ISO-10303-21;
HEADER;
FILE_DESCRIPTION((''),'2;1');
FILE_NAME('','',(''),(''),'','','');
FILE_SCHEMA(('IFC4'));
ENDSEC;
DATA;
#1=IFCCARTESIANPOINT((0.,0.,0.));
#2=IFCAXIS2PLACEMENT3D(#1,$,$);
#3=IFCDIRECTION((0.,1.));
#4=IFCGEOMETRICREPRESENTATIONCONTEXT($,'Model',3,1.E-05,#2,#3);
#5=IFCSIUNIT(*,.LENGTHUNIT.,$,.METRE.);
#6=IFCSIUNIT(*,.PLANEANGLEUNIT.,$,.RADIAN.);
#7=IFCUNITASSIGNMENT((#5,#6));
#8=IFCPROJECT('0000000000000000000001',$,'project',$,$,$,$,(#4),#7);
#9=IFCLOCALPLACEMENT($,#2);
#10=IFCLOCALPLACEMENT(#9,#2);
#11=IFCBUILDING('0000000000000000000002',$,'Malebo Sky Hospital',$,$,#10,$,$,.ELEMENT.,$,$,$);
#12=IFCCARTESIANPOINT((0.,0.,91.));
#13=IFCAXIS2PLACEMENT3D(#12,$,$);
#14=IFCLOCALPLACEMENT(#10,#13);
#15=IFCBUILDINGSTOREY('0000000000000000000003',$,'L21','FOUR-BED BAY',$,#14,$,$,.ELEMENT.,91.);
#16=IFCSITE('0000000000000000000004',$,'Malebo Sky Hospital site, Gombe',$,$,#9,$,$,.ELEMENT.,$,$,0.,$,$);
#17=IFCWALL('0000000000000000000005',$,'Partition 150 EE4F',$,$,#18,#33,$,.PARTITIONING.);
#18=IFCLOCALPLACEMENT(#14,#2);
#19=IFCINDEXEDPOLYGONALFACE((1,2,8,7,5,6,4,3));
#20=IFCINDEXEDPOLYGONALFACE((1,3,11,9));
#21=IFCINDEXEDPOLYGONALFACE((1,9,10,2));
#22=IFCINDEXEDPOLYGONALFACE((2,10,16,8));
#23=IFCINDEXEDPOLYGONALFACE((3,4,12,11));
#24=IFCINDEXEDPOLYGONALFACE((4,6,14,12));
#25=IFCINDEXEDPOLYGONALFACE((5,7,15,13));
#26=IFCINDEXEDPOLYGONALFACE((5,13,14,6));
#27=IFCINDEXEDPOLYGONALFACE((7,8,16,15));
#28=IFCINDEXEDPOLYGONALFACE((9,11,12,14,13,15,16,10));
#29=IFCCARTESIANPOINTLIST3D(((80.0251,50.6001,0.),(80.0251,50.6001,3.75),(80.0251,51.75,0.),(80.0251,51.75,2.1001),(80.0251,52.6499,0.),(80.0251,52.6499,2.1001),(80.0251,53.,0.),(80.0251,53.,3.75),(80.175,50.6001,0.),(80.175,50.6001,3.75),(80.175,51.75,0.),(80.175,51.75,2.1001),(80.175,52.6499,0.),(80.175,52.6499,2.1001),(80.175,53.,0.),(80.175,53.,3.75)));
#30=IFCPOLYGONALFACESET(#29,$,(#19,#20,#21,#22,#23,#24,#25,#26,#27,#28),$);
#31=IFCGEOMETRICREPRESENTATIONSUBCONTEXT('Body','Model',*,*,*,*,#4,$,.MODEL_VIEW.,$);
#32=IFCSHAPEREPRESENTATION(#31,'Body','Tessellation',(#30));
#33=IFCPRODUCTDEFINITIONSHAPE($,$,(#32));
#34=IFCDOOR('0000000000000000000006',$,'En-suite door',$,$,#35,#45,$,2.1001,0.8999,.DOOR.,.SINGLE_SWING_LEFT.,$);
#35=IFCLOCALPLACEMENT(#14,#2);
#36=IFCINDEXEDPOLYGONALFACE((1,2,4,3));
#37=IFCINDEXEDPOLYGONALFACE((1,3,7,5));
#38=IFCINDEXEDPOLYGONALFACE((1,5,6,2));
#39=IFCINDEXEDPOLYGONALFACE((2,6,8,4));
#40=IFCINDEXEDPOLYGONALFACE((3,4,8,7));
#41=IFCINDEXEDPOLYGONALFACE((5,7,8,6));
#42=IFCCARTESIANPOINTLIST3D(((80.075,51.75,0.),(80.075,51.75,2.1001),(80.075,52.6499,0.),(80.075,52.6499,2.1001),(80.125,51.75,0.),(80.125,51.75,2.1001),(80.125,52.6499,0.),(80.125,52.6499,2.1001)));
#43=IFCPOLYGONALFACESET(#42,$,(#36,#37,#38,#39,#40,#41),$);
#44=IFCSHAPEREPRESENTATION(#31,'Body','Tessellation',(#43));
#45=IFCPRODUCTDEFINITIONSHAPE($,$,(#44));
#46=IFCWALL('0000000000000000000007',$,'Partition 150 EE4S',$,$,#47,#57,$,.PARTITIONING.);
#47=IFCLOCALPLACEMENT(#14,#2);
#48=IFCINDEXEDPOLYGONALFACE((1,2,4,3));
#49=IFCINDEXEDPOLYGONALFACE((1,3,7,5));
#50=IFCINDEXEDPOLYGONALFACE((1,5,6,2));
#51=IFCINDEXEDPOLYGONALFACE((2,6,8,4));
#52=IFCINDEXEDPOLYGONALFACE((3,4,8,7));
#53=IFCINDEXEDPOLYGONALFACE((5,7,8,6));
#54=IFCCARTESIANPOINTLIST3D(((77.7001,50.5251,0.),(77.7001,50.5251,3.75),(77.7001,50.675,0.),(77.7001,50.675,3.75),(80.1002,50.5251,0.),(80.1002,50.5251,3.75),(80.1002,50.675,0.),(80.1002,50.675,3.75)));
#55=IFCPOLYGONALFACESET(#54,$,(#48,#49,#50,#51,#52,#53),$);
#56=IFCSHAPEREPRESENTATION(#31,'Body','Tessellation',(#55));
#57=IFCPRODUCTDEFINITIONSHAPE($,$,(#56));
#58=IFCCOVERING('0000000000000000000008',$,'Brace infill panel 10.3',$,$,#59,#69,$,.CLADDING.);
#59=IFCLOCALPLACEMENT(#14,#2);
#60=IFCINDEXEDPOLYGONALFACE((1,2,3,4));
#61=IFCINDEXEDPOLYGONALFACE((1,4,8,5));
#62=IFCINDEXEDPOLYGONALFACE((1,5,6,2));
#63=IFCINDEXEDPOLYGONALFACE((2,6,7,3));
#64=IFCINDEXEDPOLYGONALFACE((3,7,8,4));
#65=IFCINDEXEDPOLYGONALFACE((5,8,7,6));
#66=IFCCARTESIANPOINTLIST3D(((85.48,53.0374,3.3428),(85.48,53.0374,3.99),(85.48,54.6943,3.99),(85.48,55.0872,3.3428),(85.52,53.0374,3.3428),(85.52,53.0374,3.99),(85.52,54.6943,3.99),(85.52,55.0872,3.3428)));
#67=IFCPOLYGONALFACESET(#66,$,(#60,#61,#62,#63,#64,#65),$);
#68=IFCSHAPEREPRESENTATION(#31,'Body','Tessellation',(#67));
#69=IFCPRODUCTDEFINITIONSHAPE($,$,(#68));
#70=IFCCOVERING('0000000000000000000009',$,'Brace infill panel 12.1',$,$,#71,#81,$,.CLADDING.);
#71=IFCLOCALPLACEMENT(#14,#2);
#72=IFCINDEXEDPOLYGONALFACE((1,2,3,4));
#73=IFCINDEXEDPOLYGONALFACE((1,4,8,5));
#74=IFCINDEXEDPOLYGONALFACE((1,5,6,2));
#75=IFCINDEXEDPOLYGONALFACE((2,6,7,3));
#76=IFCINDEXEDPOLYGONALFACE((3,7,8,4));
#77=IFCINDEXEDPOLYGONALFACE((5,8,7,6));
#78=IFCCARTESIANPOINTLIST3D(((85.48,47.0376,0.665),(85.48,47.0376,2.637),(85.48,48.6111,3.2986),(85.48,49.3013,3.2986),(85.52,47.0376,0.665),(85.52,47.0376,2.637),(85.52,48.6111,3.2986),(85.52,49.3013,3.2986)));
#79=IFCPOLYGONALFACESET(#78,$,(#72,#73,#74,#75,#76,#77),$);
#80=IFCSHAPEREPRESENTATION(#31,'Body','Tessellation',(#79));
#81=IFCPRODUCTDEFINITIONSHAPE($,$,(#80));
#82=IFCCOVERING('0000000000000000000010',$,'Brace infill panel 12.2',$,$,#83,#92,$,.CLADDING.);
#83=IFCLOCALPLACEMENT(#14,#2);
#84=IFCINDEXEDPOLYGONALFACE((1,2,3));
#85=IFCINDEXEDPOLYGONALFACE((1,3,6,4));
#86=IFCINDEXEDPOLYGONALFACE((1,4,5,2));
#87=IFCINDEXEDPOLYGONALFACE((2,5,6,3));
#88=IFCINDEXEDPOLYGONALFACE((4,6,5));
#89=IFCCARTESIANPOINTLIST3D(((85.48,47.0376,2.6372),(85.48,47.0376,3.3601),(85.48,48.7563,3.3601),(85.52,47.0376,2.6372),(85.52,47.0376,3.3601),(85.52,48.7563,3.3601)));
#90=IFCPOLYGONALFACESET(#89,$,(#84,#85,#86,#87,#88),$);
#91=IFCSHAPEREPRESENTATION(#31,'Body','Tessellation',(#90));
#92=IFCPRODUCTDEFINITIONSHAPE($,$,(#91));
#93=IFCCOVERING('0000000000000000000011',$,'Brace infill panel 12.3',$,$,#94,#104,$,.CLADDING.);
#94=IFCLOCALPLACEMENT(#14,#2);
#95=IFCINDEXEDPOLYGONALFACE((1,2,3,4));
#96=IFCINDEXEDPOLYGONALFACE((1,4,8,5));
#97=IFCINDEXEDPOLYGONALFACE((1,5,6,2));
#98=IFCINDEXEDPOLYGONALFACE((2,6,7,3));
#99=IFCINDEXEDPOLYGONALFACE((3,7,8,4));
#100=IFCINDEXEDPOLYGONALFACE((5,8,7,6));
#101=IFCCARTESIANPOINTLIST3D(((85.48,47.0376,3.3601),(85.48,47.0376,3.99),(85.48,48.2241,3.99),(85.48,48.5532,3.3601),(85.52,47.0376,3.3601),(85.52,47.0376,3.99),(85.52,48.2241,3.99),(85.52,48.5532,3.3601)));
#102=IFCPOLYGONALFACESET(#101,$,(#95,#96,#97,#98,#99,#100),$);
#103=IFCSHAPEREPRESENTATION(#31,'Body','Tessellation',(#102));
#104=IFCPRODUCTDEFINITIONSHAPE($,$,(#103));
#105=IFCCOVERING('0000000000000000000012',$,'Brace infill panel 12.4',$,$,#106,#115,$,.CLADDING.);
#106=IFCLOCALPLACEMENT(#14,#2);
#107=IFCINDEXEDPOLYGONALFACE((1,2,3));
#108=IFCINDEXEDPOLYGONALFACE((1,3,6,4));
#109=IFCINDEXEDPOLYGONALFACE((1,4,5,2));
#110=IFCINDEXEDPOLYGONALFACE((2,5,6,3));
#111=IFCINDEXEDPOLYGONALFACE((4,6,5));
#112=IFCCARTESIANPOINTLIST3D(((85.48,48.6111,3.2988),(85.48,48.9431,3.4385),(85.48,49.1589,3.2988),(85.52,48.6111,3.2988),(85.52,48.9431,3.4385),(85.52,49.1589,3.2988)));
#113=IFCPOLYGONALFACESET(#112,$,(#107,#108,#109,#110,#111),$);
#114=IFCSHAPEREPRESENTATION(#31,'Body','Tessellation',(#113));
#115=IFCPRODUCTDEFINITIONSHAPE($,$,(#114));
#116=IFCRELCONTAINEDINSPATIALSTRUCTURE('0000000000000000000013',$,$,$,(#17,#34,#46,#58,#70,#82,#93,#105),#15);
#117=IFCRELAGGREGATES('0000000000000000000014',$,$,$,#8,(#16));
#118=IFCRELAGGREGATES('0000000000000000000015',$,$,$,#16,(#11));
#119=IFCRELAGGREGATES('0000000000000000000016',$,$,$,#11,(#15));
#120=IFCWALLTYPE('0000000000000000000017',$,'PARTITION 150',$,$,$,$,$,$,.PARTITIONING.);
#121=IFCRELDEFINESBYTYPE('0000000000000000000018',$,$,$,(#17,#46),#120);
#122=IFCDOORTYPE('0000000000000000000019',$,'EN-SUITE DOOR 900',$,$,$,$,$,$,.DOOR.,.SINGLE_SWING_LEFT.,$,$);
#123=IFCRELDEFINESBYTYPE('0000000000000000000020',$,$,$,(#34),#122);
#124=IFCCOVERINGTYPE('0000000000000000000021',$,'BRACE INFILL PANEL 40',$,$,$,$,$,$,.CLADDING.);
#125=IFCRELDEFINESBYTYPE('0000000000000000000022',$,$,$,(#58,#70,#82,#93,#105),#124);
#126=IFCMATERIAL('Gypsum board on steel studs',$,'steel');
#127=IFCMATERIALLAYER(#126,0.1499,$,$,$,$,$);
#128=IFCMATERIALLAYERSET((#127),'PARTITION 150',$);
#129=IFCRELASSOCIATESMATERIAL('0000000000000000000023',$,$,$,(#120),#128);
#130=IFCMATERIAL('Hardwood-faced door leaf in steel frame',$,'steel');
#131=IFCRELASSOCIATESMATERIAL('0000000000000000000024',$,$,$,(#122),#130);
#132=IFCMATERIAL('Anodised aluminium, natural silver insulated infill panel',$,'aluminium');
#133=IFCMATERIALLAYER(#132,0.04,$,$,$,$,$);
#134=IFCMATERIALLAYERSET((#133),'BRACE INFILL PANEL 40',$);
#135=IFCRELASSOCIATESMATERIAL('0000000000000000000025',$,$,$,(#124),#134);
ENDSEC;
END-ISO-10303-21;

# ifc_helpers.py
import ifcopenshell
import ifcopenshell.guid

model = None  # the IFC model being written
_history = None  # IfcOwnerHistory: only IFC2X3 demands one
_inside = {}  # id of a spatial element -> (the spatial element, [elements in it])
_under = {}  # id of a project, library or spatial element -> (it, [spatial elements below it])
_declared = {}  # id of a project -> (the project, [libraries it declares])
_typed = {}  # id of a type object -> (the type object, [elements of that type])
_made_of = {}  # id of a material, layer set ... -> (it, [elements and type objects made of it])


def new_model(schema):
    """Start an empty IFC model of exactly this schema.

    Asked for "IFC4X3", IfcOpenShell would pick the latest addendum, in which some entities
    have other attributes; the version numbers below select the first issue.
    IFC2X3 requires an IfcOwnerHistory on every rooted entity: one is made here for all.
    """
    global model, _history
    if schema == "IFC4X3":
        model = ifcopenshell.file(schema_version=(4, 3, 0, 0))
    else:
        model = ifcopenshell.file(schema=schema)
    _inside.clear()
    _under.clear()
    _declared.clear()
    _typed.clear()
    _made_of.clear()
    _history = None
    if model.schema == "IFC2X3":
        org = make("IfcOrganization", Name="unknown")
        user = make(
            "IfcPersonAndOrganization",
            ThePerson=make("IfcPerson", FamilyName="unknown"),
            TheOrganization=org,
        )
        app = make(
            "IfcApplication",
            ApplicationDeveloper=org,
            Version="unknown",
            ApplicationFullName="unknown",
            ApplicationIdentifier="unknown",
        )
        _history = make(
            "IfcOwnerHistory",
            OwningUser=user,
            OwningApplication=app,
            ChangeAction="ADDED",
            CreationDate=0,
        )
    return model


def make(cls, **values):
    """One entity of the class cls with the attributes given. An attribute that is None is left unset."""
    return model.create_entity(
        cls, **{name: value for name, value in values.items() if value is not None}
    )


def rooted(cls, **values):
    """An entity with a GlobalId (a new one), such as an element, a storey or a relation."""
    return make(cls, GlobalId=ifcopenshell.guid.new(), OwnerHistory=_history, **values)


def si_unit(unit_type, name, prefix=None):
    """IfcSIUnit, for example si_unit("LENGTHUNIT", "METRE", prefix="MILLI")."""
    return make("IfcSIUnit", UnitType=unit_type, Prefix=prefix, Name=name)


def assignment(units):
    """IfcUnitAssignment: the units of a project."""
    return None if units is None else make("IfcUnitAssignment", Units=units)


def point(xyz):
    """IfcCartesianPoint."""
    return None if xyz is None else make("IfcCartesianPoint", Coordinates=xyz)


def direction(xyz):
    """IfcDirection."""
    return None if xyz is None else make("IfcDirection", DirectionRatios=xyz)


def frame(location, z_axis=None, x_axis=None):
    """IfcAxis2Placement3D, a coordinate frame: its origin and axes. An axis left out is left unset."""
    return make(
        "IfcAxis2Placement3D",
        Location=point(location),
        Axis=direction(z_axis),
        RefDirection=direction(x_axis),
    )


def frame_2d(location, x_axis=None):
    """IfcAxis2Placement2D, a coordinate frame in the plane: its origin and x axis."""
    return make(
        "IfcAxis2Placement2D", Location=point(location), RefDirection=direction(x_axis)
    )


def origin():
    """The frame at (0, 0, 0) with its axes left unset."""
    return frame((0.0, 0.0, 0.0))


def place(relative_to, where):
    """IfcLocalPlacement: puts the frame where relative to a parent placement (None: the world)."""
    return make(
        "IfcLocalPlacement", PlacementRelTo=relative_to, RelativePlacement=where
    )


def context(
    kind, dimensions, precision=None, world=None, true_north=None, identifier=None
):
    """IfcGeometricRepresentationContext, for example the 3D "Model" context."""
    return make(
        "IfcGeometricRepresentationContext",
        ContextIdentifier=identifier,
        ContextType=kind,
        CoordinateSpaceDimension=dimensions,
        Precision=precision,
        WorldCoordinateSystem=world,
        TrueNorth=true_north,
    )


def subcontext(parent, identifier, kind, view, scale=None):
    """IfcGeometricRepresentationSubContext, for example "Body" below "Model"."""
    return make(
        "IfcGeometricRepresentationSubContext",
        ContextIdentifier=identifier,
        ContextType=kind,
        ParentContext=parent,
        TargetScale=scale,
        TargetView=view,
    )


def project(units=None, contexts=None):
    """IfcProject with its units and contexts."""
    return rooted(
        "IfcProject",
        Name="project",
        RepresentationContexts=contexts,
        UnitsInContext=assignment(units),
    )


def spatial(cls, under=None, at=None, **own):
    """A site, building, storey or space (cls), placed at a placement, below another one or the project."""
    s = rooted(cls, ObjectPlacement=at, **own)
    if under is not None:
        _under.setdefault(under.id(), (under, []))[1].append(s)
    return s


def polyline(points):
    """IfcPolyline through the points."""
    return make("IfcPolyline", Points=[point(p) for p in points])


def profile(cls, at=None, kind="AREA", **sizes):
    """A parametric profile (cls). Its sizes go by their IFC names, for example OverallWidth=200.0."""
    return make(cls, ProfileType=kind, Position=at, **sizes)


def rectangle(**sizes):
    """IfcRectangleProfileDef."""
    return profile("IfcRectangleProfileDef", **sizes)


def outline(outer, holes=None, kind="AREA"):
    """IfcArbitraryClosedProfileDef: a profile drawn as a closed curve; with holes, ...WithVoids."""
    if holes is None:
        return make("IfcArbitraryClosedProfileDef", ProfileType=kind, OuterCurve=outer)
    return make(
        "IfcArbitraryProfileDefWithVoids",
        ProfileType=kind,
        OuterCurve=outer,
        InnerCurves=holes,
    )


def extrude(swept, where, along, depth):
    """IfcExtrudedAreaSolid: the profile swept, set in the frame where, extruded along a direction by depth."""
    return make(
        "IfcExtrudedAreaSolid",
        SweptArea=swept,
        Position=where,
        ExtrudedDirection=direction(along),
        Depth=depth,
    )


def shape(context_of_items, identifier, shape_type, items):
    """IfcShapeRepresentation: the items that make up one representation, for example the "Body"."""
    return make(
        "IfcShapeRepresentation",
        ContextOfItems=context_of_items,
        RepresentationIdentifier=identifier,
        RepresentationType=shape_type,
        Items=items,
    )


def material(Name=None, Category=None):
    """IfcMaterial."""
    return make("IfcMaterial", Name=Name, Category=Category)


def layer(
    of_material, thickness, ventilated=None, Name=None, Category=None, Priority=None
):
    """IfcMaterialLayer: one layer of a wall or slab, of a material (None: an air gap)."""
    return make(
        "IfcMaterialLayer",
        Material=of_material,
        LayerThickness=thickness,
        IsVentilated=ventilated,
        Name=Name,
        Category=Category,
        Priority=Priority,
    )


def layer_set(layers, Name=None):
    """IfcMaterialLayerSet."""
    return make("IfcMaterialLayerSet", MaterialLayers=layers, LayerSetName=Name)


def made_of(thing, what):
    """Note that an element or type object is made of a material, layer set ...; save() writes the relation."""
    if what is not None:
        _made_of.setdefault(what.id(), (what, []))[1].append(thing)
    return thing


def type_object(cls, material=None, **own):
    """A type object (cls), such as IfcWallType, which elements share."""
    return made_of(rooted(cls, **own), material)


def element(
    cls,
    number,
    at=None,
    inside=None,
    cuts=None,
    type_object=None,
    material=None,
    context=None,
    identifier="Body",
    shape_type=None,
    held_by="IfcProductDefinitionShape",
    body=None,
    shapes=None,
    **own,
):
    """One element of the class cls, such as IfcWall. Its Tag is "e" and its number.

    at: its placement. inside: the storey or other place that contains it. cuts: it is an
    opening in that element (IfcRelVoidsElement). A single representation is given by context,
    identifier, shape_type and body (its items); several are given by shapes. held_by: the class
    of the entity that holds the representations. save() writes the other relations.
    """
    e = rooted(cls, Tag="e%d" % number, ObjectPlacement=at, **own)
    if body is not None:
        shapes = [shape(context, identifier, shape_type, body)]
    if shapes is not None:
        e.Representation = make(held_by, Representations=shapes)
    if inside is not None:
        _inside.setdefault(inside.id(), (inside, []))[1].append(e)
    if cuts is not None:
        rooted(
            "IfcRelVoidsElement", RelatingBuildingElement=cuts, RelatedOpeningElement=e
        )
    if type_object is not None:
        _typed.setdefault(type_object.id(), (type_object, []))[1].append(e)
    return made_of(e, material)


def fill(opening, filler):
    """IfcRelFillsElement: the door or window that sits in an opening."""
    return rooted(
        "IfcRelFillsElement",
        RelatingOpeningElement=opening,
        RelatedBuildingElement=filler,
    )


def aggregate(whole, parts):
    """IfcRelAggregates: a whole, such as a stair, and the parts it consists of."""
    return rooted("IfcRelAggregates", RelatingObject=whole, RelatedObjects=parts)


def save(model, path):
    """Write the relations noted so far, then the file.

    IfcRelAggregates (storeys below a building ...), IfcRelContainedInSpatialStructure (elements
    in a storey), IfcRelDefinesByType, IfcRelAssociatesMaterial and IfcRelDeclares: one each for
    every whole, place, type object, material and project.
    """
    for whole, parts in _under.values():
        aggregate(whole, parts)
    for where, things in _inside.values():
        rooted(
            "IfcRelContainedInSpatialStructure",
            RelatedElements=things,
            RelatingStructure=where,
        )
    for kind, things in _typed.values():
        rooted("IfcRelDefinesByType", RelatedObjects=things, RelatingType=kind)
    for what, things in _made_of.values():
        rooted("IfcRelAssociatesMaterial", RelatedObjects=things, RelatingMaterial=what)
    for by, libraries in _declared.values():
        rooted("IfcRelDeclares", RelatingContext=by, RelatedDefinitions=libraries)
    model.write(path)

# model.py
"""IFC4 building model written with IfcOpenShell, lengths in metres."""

from ifc_helpers import new_model, si_unit, direction, frame, frame_2d, origin, place, context, subcontext, project, spatial, polyline, rectangle, outline, extrude, material, layer, layer_set, type_object, element, fill, save


model = new_model("IFC4")

# Units and contexts
model_context = context("Model", 3, precision=1e-05, world=origin(), true_north=direction((0.0, 1.0)))
body_context = subcontext(model_context, "Body", "Model", "MODEL_VIEW")
ifc_project = project(units=[si_unit("LENGTHUNIT", "METRE"), si_unit("PLANEANGLEUNIT", "RADIAN")], contexts=[model_context])

# Site, building, storey
site_placement = place(None, origin())
site = spatial("IfcSite", under=ifc_project, at=site_placement, Name="Malebo Sky Hospital site, Gombe", CompositionType="ELEMENT", RefElevation=0.0)
building_placement = place(site_placement, origin())
building = spatial("IfcBuilding", under=site, at=building_placement, Name="Malebo Sky Hospital", CompositionType="ELEMENT")
storey_placement = place(building_placement, frame((0.0, 0.0, 91.0)))
storey = spatial("IfcBuildingStorey", under=building, at=storey_placement, Name="L21", Description="FOUR-BED BAY", CompositionType="ELEMENT", Elevation=91.0)

# Shared definitions
ifc_material_1 = material(Name="Gypsum board on steel studs", Category="steel")
ifc_layer_1 = layer(ifc_material_1, 0.1499)
ifc_layer_set_1 = layer_set([ifc_layer_1], Name="PARTITION 150")
wall_type = type_object("IfcWallType", Name="PARTITION 150", PredefinedType="PARTITIONING", material=ifc_layer_set_1)

# Wall, opening, door
wall_1_placement = place(storey_placement, frame((80.1001, 53.0, 0.0), z_axis=(0.0, 0.0, 1.0), x_axis=(0.0, -1.0, 0.0)))
wall_1 = element("IfcWall", 1, at=wall_1_placement, inside=storey, type_object=wall_type, Name="Partition 150 EE4F", PredefinedType="PARTITIONING", context=body_context, shape_type="SweptSolid", body=[
    extrude(rectangle(XDim=2.3999, YDim=0.1499, at=frame_2d((1.2, 0.0))), origin(), (0.0, 0.0, 1.0), 3.75),
])
opening_placement = place(wall_1_placement, frame((0.3501, 0.0, 0.0)))
opening = element("IfcOpeningElement", 2, at=opening_placement, cuts=wall_1, PredefinedType="OPENING", context=body_context, shape_type="SweptSolid", body=[
    extrude(rectangle(XDim=0.8999, YDim=2.1001, at=frame_2d((0.45, 1.05))), frame((0.0, 0.085, 0.0), z_axis=(0.0, -1.0, 0.0), x_axis=(1.0, 0.0, 0.0)), (0.0, 0.0, 1.0), 0.1699),
])
ifc_material_2 = material(Name="Hardwood-faced door leaf in steel frame", Category="steel")
door_type = type_object("IfcDoorType", Name="EN-SUITE DOOR 900", OperationType="SINGLE_SWING_LEFT", PredefinedType="DOOR", material=ifc_material_2)
door_placement = place(opening_placement, origin())
door = element("IfcDoor", 3, at=door_placement, inside=storey, type_object=door_type, Name="En-suite door", OperationType="SINGLE_SWING_LEFT", OverallHeight=2.1001, OverallWidth=0.8999, PredefinedType="DOOR", context=body_context, shape_type="SweptSolid", body=[
    extrude(rectangle(XDim=0.8999, YDim=2.1001, at=frame_2d((0.45, 1.05))), frame((0.0, 0.0249, 0.0), z_axis=(0.0, -1.0, 0.0), x_axis=(1.0, 0.0, 0.0)), (0.0, 0.0, 1.0), 0.05),
])
fill(opening, door)

# Wall
wall_2_placement = place(storey_placement, frame((77.7, 50.6001, 0.0), z_axis=(0.0, 0.0, 1.0), x_axis=(1.0, 0.0, 0.0)))
element("IfcWall", 4, at=wall_2_placement, inside=storey, type_object=wall_type, Name="Partition 150 EE4S", PredefinedType="PARTITIONING", context=body_context, shape_type="SweptSolid", body=[
    extrude(rectangle(XDim=2.4001, YDim=0.1499, at=frame_2d((1.2002, 0.0))), origin(), (0.0, 0.0, 1.0), 3.75),
])

# Coverings
ifc_material_3 = material(Name="Anodised aluminium, natural silver insulated infill panel", Category="aluminium")
ifc_layer_2 = layer(ifc_material_3, 0.04)
ifc_layer_set_2 = layer_set([ifc_layer_2], Name="BRACE INFILL PANEL 40")
covering_type = type_object("IfcCoveringType", Name="BRACE INFILL PANEL 40", PredefinedType="CLADDING", material=ifc_layer_set_2)
covering_1_placement = place(storey_placement, frame((85.5, 54.0623, 3.3428), z_axis=(0.0, 0.0, 1.0), x_axis=(0.0, -1.0, 0.0)))
element("IfcCovering", 5, at=covering_1_placement, inside=storey, type_object=covering_type, Name="Brace infill panel 10.3", PredefinedType="CLADDING", context=body_context, shape_type="SweptSolid", body=[
    extrude(outline(polyline([(-1.0249, 0.0), (1.0249, 0.0), (1.0249, 0.6472), (-0.6321, 0.6472), (-1.0249, 0.0)])), frame((0.0, 0.02, 0.0), z_axis=(0.0, -1.0, 0.0), x_axis=(1.0, 0.0, 0.0)), (0.0, 0.0, 1.0), 0.04),
])
covering_2_placement = place(storey_placement, frame((85.5, 48.1694, 0.665), z_axis=(0.0, 0.0, 1.0), x_axis=(0.0, -1.0, 0.0)))
element("IfcCovering", 6, at=covering_2_placement, inside=storey, type_object=covering_type, Name="Brace infill panel 12.1", PredefinedType="CLADDING", context=body_context, shape_type="SweptSolid", body=[
    extrude(outline(polyline([(1.1318, 0.0), (1.1318, 1.9719), (-0.4417, 2.6335), (-1.1318, 2.6335), (1.1318, 0.0)])), frame((0.0, 0.02, 0.0), z_axis=(0.0, -1.0, 0.0), x_axis=(1.0, 0.0, 0.0)), (0.0, 0.0, 1.0), 0.04),
])
covering_3_placement = place(storey_placement, frame((85.5, 47.897, 2.6372), z_axis=(0.0, 0.0, 1.0), x_axis=(0.0, -1.0, 0.0)))
element("IfcCovering", 7, at=covering_3_placement, inside=storey, type_object=covering_type, Name="Brace infill panel 12.2", PredefinedType="CLADDING", context=body_context, shape_type="SweptSolid", body=[
    extrude(outline(polyline([(0.8594, 0.0), (0.8594, 0.7229), (-0.8594, 0.7229), (0.8594, 0.0)])), frame((0.0, 0.02, 0.0), z_axis=(0.0, -1.0, 0.0), x_axis=(1.0, 0.0, 0.0)), (0.0, 0.0, 1.0), 0.04),
])
covering_4_placement = place(storey_placement, frame((85.5, 47.7954, 3.3601), z_axis=(0.0, 0.0, 1.0), x_axis=(0.0, -1.0, 0.0)))
element("IfcCovering", 8, at=covering_4_placement, inside=storey, type_object=covering_type, Name="Brace infill panel 12.3", PredefinedType="CLADDING", context=body_context, shape_type="SweptSolid", body=[
    extrude(outline(polyline([(-0.7578, 0.0), (0.7578, 0.0), (0.7578, 0.6299), (-0.4287, 0.6299), (-0.7578, 0.0)])), frame((0.0, 0.02, 0.0), z_axis=(0.0, -1.0, 0.0), x_axis=(1.0, 0.0, 0.0)), (0.0, 0.0, 1.0), 0.04),
])
covering_5_placement = place(storey_placement, frame((85.5, 48.885, 3.2988), z_axis=(0.0, 0.0, 1.0), x_axis=(0.0, -1.0, 0.0)))
element("IfcCovering", 9, at=covering_5_placement, inside=storey, type_object=covering_type, Name="Brace infill panel 12.4", PredefinedType="CLADDING", context=body_context, shape_type="SweptSolid", body=[
    extrude(outline(polyline([(-0.2739, 0.0), (0.2739, 0.0), (-0.0581, 0.1396), (-0.2739, 0.0)])), frame((0.0, 0.02, 0.0), z_axis=(0.0, -1.0, 0.0), x_axis=(1.0, 0.0, 0.0)), (0.0, 0.0, 1.0), 0.04),
])

save(model, "model.ifc")
